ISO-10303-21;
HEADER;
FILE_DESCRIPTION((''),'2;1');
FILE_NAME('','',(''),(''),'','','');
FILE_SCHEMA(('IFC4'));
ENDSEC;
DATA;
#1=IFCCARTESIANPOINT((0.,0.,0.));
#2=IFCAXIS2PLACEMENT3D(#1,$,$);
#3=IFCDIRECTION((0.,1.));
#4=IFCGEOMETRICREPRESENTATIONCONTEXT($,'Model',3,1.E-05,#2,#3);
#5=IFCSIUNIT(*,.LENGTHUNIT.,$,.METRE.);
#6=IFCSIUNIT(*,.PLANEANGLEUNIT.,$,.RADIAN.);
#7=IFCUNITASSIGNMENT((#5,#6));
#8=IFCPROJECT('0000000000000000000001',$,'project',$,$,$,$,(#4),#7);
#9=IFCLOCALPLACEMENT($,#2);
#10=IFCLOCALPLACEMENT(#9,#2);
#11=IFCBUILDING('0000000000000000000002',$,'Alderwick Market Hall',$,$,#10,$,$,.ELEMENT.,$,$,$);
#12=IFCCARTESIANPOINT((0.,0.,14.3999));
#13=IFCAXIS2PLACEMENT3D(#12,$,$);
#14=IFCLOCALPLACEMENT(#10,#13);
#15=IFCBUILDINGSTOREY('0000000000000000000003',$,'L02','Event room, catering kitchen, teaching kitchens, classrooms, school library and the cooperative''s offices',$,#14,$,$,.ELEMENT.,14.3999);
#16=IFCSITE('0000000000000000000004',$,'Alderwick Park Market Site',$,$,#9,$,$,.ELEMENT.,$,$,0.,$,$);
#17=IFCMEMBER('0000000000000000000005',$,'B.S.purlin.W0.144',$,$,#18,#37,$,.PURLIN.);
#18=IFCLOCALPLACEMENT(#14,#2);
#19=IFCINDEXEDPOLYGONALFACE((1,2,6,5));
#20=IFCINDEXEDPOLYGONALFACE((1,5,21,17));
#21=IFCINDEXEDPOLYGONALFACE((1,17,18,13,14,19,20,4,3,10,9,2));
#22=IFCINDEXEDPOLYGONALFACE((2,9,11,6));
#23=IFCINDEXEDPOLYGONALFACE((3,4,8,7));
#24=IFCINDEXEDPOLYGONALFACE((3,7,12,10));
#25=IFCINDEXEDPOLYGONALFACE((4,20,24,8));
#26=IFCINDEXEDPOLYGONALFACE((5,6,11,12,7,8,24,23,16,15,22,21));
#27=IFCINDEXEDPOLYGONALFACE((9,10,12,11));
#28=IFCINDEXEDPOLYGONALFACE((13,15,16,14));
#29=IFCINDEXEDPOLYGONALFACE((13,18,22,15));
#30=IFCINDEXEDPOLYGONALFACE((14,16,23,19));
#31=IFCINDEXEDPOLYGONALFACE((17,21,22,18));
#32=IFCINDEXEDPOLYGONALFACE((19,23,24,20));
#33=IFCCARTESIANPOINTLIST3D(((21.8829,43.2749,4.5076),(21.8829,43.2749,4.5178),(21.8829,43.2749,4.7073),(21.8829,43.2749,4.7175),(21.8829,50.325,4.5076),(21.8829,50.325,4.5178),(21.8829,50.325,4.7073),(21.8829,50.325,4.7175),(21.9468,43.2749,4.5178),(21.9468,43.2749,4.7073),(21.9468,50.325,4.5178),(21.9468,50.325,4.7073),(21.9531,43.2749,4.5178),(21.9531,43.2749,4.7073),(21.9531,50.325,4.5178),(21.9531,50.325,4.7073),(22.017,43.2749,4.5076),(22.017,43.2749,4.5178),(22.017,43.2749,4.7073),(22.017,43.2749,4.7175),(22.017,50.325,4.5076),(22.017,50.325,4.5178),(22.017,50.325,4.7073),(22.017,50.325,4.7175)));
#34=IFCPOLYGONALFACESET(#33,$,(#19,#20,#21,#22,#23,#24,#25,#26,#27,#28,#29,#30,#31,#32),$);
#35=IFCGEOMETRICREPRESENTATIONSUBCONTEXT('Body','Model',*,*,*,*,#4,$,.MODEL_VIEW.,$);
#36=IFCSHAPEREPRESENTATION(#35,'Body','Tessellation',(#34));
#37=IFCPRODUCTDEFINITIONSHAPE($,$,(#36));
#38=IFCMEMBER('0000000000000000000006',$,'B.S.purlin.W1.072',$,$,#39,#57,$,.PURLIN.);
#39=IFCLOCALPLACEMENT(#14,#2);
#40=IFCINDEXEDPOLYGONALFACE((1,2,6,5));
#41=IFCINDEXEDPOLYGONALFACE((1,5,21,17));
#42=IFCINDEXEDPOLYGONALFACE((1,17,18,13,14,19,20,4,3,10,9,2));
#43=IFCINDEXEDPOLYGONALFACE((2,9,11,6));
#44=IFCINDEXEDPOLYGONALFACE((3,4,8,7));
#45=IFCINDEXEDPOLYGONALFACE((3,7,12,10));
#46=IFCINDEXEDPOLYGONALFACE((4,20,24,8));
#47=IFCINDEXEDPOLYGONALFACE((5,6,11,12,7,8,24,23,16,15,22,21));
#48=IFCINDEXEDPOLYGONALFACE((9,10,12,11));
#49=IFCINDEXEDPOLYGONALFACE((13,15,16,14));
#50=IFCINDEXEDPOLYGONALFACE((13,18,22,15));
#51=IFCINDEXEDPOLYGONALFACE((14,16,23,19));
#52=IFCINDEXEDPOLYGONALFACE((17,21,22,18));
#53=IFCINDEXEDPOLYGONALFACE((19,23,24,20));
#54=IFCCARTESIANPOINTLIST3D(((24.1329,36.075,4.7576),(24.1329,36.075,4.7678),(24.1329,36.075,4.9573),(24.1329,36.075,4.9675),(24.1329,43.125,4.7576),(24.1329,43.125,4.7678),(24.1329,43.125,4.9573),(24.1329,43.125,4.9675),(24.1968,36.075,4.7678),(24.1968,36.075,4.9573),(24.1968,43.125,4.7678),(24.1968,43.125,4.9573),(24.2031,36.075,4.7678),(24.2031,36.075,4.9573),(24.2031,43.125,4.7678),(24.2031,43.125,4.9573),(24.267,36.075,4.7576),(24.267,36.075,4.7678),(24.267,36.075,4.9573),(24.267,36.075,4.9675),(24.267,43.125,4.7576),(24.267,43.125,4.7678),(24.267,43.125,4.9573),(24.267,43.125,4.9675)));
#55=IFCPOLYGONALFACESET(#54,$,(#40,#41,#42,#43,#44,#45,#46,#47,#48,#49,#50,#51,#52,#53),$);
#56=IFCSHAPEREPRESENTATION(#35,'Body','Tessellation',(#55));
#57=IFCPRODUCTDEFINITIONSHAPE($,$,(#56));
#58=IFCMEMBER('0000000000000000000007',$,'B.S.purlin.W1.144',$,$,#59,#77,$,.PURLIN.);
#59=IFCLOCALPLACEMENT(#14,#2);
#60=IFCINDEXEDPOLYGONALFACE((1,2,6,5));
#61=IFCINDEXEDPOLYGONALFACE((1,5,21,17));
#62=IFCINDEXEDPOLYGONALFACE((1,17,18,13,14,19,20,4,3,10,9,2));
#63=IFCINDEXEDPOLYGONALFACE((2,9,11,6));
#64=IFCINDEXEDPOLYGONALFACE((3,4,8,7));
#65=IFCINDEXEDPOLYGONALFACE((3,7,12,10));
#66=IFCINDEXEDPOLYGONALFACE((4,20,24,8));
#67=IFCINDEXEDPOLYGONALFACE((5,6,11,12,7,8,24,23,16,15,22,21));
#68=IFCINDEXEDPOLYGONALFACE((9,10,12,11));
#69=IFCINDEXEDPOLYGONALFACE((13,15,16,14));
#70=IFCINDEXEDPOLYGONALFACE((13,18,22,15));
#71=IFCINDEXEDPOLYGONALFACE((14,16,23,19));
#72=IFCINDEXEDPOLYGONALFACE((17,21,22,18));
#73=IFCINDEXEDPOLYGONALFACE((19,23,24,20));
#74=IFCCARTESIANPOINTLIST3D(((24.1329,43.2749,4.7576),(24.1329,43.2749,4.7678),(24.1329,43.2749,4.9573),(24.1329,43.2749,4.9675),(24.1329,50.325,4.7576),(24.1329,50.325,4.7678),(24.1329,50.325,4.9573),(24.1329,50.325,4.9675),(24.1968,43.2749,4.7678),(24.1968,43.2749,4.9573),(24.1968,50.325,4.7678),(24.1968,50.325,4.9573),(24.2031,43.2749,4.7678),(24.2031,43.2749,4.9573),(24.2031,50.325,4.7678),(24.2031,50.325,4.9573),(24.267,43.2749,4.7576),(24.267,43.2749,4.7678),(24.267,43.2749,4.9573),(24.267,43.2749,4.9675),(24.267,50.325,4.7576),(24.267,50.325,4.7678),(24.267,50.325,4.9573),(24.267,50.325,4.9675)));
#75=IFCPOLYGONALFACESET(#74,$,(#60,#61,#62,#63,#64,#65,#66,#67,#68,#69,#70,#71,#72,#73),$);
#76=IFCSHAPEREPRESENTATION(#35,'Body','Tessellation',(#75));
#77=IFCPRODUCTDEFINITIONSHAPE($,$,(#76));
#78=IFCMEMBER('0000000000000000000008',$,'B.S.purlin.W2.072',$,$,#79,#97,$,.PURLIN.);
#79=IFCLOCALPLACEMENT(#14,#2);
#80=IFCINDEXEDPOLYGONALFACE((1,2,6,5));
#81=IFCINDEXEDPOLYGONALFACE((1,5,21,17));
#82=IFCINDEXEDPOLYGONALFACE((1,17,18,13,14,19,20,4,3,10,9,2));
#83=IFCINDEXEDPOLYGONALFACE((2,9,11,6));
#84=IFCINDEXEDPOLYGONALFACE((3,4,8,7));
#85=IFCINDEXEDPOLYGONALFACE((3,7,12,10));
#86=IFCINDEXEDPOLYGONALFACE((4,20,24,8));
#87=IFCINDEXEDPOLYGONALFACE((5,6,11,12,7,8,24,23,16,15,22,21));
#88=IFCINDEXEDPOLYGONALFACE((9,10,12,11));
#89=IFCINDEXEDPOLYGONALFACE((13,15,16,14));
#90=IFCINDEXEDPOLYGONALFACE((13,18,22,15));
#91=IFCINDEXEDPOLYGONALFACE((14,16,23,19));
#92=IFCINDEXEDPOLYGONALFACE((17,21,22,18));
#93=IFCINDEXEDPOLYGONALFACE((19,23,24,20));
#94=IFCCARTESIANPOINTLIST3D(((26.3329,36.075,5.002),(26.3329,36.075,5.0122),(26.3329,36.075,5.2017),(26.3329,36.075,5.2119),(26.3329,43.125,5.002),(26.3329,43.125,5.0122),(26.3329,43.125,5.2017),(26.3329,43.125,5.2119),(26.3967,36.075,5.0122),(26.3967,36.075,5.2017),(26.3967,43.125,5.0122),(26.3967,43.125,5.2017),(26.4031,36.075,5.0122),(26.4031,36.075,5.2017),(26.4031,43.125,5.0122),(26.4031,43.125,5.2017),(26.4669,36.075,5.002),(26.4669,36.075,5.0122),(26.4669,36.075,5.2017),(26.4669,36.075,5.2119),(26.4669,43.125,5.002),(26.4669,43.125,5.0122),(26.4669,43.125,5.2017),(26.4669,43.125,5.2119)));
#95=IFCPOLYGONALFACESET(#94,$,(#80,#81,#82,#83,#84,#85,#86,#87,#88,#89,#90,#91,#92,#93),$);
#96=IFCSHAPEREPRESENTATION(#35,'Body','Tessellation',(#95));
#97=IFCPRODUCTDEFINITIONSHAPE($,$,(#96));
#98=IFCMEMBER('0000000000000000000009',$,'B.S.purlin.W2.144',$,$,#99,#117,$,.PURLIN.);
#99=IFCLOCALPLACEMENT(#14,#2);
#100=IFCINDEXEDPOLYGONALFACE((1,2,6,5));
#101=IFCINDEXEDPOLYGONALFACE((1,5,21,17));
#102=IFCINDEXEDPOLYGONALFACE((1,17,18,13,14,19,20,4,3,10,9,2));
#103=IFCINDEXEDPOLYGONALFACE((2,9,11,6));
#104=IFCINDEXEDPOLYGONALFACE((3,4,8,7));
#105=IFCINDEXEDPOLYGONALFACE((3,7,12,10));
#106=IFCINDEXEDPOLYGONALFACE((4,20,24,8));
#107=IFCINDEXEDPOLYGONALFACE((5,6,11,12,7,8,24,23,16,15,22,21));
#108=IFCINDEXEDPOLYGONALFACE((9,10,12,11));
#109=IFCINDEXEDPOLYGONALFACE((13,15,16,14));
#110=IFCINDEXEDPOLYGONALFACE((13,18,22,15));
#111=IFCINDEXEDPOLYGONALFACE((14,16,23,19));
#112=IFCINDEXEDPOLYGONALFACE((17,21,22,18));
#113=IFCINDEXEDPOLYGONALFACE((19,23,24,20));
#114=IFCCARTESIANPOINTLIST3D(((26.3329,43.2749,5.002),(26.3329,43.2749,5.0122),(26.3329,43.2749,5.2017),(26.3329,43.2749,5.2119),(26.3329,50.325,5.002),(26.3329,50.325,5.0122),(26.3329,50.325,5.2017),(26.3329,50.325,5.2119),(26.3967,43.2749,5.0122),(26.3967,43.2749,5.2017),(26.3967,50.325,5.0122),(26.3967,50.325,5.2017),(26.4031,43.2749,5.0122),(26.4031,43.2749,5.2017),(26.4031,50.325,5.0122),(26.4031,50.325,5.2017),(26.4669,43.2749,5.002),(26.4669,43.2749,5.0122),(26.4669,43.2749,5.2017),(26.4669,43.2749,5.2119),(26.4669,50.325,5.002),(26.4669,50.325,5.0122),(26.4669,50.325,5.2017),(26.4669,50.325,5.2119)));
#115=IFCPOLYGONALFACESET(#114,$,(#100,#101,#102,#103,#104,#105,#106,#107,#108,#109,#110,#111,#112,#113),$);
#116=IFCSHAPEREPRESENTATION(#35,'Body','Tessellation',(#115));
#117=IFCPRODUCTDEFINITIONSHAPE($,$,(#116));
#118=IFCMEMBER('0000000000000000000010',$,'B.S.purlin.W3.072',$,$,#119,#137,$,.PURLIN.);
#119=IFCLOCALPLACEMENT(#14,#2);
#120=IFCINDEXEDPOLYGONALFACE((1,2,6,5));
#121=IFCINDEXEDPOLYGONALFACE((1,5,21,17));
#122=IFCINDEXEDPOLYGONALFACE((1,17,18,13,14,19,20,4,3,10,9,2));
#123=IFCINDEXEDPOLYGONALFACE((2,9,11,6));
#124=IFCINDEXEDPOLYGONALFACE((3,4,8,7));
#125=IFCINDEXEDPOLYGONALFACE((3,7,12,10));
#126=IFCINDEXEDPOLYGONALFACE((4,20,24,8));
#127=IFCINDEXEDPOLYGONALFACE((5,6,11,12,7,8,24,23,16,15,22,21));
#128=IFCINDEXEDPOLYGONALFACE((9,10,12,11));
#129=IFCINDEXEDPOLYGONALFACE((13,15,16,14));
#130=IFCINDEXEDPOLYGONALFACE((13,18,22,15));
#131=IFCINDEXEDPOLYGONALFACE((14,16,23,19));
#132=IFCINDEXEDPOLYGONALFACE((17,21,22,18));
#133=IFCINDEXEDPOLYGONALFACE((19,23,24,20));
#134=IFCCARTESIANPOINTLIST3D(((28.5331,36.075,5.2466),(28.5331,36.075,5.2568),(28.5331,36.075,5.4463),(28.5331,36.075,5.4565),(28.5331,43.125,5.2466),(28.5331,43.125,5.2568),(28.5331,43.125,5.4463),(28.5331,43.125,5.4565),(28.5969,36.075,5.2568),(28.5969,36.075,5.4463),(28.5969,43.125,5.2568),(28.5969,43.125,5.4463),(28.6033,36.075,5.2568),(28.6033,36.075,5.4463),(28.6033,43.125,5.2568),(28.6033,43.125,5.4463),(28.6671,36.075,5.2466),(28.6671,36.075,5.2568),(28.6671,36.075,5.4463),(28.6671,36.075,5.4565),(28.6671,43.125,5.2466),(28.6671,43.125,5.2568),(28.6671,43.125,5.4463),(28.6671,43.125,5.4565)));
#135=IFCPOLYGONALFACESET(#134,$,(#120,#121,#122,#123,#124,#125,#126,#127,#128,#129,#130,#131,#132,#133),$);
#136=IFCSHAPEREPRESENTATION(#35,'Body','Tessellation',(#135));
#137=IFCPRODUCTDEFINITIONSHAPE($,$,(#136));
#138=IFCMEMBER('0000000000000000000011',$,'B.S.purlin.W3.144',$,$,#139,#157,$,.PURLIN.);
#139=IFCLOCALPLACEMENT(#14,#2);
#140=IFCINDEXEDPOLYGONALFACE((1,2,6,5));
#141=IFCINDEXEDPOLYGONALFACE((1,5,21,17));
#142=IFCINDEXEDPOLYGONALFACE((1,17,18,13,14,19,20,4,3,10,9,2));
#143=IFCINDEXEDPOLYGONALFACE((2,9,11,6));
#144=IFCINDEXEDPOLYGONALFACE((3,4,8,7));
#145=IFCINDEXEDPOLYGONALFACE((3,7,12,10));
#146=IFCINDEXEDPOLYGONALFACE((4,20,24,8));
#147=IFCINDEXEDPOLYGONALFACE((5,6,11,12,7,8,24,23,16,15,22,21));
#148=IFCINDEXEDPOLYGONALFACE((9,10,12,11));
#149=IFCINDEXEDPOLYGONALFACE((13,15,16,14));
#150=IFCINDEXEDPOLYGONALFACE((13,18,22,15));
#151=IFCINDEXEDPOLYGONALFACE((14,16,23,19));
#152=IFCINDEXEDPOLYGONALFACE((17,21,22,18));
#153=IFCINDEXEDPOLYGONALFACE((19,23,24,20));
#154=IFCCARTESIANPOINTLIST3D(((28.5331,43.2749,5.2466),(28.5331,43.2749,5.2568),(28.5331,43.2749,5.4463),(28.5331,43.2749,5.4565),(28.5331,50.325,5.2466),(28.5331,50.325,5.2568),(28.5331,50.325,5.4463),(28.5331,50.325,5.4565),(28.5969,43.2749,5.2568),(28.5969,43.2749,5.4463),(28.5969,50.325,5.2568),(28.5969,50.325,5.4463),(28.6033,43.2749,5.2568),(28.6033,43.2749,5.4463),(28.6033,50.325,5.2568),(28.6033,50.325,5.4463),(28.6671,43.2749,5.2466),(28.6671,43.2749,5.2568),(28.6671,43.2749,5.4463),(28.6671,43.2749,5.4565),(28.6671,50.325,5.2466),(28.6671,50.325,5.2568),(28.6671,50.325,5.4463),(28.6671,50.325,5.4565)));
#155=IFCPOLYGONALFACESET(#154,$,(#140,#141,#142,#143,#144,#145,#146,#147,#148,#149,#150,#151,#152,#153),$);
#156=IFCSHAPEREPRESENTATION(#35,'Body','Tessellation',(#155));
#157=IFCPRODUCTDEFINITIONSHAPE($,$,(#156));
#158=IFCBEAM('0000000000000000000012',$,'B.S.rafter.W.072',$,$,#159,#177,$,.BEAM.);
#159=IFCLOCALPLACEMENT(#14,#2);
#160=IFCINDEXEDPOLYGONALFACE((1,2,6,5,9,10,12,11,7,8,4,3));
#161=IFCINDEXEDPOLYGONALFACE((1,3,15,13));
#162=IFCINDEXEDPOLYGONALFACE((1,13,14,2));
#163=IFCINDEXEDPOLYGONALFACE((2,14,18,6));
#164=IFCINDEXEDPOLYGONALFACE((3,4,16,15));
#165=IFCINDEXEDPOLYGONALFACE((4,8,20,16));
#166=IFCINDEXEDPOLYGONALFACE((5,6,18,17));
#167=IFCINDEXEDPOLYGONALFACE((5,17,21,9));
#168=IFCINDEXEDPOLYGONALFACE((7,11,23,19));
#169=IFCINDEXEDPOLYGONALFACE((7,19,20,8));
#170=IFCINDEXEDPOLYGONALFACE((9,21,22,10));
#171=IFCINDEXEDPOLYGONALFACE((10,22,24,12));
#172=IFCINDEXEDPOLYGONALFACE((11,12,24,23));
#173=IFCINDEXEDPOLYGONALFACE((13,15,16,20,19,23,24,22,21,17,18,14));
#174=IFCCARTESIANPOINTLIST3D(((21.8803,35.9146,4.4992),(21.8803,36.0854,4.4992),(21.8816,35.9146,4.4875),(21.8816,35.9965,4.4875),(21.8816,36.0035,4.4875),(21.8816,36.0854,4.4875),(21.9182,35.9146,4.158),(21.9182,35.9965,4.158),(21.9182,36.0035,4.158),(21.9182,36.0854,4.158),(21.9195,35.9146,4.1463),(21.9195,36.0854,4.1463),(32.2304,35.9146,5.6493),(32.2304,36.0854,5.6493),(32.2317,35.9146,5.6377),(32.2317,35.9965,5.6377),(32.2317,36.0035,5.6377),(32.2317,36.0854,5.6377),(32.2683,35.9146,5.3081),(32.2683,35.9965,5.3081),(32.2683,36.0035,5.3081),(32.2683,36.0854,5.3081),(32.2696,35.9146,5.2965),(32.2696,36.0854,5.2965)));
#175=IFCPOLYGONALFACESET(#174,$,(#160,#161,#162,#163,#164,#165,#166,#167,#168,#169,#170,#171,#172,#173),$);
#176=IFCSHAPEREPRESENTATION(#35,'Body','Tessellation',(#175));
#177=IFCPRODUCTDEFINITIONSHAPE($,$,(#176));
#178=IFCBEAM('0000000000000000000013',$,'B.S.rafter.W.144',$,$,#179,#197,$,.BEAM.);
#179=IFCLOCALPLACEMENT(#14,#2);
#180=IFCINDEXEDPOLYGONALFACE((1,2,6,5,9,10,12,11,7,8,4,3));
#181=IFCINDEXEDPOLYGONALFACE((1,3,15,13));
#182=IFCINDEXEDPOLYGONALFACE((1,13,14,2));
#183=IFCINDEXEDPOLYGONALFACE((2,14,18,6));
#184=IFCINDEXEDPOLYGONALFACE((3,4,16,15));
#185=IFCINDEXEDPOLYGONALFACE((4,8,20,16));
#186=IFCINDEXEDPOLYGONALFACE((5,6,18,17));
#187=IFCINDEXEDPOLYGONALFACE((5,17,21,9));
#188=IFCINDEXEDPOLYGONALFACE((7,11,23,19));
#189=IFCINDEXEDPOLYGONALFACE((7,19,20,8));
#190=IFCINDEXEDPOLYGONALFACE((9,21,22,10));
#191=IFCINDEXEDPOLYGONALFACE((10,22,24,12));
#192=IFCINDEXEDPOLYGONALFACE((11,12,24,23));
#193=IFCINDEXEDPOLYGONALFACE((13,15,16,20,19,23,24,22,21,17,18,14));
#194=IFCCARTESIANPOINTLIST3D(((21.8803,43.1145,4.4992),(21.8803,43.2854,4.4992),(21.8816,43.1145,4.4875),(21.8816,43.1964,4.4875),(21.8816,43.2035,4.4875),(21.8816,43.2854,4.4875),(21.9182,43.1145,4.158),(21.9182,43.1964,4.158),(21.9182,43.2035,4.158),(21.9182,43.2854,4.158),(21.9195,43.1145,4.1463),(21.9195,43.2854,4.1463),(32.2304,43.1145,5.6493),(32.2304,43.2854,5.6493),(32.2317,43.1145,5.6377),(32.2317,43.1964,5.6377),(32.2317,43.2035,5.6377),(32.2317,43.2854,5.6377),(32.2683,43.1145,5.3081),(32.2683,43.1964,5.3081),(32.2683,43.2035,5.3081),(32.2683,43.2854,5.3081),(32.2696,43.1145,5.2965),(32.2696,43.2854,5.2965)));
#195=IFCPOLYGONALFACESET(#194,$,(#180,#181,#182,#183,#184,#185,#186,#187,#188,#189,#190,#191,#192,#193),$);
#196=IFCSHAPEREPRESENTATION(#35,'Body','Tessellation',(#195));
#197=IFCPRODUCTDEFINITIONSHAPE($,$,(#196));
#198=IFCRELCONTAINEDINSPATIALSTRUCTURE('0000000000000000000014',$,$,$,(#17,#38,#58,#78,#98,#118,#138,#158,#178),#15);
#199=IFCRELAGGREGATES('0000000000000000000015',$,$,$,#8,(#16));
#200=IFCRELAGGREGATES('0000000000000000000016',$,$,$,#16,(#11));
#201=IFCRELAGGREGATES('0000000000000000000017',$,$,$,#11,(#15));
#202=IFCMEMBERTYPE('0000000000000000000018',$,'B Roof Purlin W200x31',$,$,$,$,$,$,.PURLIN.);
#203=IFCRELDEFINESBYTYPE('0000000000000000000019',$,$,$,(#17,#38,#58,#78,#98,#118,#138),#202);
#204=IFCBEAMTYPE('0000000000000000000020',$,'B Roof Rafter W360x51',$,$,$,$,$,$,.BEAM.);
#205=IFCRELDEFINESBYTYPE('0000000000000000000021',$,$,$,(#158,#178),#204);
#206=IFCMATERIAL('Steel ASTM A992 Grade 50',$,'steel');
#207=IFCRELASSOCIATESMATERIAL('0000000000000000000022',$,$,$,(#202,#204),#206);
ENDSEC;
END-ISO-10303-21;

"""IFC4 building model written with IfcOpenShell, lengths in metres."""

from ifc_helpers import new_model, si_unit, direction, frame, origin, origin_2d, place, context, subcontext, project, spatial, i_section, extrude, material, material_profile, profile_set, type_object, element, save


model = new_model("IFC4")

# Units and contexts
model_context = context("Model", 3, precision=1e-05, world=origin(), true_north=direction((0.0, 1.0)))
body_context = subcontext(model_context, "Body", "Model", "MODEL_VIEW")
ifc_project = project(units=[si_unit("LENGTHUNIT", "METRE"), si_unit("PLANEANGLEUNIT", "RADIAN")], contexts=[model_context])

# Site, building, storey
site_placement = place(None, origin())
site = spatial("IfcSite", under=ifc_project, at=site_placement, Name="Alderwick Park Market Site", CompositionType="ELEMENT", RefElevation=0.0)
building_placement = place(site_placement, origin())
building = spatial("IfcBuilding", under=site, at=building_placement, Name="Alderwick Market Hall", CompositionType="ELEMENT")
storey_placement = place(building_placement, frame((0.0, 0.0, 14.3999)))
storey = spatial("IfcBuildingStorey", under=building, at=storey_placement, Name="L02", Description="Event room, catering kitchen, teaching kitchens, classrooms, school library and the cooperative's offices", CompositionType="ELEMENT", Elevation=14.3999)

# Members
ifc_material_1 = material(Name="Steel ASTM A992 Grade 50", Category="steel")
ifc_material_profile_1 = material_profile(ifc_material_1, i_section(OverallWidth=0.134, OverallDepth=0.21, WebThickness=0.0063, FlangeThickness=0.0103, at=origin_2d()), Name="W200x31")
ifc_profile_set_1 = profile_set([ifc_material_profile_1], Name="Steel ASTM A992 Grade 50")
member_type = type_object("IfcMemberType", Name="B Roof Purlin W200x31", PredefinedType="PURLIN", material=ifc_profile_set_1)
for number, where, z_axis, x_axis, name in (
    (1, (21.95, 43.2749, 4.6125), (0.0, 1.0, 0.0), (-1.0, 0.0, 0.0), "B.S.purlin.W0.144"),
    (2, (24.2, 36.075, 4.8625), (0.0, 1.0, 0.0), (-1.0, 0.0, 0.0), "B.S.purlin.W1.072"),
    (3, (24.2, 43.2749, 4.8625), (0.0, 1.0, 0.0), (-1.0, 0.0, 0.0), "B.S.purlin.W1.144"),
    (4, (26.3999, 36.075, 5.1069), (0.0, 1.0, 0.0), (-1.0, 0.0, 0.0), "B.S.purlin.W2.072"),
    (5, (26.3999, 43.2749, 5.1069), (0.0, 1.0, 0.0), (-1.0, 0.0, 0.0), "B.S.purlin.W2.144"),
    (6, (28.6001, 36.075, 5.3516), (0.0, 1.0, 0.0), (-1.0, 0.0, 0.0), "B.S.purlin.W3.072"),
    (7, (28.6001, 43.2749, 5.3516), (0.0, 1.0, 0.0), (-1.0, 0.0, 0.0), "B.S.purlin.W3.144"),
):
    element("IfcMember", number, at=place(storey_placement, frame(where, z_axis=z_axis, x_axis=x_axis)), inside=storey, type_object=member_type, Name=name, PredefinedType="PURLIN", context=body_context, shape_type="SweptSolid", body=[
        extrude(i_section(OverallWidth=0.134, OverallDepth=0.21, WebThickness=0.0063, FlangeThickness=0.0103, at=origin_2d()), origin(), (0.0, 0.0, 1.0), 7.05),
    ])

# Beams
ifc_material_profile_2 = material_profile(ifc_material_1, i_section(OverallWidth=0.1709, OverallDepth=0.355, WebThickness=0.0071, FlangeThickness=0.0117, at=origin_2d()), Name="W360x51")
ifc_profile_set_2 = profile_set([ifc_material_profile_2], Name="Steel ASTM A992 Grade 50")
beam_type_1 = type_object("IfcBeamType", Name="B Roof Rafter W360x51", PredefinedType="BEAM", material=ifc_profile_set_2)
for number, where, z_axis, x_axis, name in (
    (8, (21.8999, 36.0, 4.3228), (0.993882, 0.0, 0.110444), (0.0, 1.0, 0.0), "B.S.rafter.W.072"),
    (9, (21.8999, 43.2, 4.3228), (0.993882, 0.0, 0.110444), (0.0, 1.0, 0.0), "B.S.rafter.W.144"),
):
    element("IfcBeam", number, at=place(storey_placement, frame(where, z_axis=z_axis, x_axis=x_axis)), inside=storey, type_object=beam_type_1, Name=name, PredefinedType="BEAM", context=body_context, shape_type="SweptSolid", body=[
        extrude(i_section(OverallWidth=0.1709, OverallDepth=0.355, WebThickness=0.0071, FlangeThickness=0.0117, at=origin_2d()), origin(), (0.0, 0.0, 1.0), 10.4138),
    ])

save(model, "model.ifc")
